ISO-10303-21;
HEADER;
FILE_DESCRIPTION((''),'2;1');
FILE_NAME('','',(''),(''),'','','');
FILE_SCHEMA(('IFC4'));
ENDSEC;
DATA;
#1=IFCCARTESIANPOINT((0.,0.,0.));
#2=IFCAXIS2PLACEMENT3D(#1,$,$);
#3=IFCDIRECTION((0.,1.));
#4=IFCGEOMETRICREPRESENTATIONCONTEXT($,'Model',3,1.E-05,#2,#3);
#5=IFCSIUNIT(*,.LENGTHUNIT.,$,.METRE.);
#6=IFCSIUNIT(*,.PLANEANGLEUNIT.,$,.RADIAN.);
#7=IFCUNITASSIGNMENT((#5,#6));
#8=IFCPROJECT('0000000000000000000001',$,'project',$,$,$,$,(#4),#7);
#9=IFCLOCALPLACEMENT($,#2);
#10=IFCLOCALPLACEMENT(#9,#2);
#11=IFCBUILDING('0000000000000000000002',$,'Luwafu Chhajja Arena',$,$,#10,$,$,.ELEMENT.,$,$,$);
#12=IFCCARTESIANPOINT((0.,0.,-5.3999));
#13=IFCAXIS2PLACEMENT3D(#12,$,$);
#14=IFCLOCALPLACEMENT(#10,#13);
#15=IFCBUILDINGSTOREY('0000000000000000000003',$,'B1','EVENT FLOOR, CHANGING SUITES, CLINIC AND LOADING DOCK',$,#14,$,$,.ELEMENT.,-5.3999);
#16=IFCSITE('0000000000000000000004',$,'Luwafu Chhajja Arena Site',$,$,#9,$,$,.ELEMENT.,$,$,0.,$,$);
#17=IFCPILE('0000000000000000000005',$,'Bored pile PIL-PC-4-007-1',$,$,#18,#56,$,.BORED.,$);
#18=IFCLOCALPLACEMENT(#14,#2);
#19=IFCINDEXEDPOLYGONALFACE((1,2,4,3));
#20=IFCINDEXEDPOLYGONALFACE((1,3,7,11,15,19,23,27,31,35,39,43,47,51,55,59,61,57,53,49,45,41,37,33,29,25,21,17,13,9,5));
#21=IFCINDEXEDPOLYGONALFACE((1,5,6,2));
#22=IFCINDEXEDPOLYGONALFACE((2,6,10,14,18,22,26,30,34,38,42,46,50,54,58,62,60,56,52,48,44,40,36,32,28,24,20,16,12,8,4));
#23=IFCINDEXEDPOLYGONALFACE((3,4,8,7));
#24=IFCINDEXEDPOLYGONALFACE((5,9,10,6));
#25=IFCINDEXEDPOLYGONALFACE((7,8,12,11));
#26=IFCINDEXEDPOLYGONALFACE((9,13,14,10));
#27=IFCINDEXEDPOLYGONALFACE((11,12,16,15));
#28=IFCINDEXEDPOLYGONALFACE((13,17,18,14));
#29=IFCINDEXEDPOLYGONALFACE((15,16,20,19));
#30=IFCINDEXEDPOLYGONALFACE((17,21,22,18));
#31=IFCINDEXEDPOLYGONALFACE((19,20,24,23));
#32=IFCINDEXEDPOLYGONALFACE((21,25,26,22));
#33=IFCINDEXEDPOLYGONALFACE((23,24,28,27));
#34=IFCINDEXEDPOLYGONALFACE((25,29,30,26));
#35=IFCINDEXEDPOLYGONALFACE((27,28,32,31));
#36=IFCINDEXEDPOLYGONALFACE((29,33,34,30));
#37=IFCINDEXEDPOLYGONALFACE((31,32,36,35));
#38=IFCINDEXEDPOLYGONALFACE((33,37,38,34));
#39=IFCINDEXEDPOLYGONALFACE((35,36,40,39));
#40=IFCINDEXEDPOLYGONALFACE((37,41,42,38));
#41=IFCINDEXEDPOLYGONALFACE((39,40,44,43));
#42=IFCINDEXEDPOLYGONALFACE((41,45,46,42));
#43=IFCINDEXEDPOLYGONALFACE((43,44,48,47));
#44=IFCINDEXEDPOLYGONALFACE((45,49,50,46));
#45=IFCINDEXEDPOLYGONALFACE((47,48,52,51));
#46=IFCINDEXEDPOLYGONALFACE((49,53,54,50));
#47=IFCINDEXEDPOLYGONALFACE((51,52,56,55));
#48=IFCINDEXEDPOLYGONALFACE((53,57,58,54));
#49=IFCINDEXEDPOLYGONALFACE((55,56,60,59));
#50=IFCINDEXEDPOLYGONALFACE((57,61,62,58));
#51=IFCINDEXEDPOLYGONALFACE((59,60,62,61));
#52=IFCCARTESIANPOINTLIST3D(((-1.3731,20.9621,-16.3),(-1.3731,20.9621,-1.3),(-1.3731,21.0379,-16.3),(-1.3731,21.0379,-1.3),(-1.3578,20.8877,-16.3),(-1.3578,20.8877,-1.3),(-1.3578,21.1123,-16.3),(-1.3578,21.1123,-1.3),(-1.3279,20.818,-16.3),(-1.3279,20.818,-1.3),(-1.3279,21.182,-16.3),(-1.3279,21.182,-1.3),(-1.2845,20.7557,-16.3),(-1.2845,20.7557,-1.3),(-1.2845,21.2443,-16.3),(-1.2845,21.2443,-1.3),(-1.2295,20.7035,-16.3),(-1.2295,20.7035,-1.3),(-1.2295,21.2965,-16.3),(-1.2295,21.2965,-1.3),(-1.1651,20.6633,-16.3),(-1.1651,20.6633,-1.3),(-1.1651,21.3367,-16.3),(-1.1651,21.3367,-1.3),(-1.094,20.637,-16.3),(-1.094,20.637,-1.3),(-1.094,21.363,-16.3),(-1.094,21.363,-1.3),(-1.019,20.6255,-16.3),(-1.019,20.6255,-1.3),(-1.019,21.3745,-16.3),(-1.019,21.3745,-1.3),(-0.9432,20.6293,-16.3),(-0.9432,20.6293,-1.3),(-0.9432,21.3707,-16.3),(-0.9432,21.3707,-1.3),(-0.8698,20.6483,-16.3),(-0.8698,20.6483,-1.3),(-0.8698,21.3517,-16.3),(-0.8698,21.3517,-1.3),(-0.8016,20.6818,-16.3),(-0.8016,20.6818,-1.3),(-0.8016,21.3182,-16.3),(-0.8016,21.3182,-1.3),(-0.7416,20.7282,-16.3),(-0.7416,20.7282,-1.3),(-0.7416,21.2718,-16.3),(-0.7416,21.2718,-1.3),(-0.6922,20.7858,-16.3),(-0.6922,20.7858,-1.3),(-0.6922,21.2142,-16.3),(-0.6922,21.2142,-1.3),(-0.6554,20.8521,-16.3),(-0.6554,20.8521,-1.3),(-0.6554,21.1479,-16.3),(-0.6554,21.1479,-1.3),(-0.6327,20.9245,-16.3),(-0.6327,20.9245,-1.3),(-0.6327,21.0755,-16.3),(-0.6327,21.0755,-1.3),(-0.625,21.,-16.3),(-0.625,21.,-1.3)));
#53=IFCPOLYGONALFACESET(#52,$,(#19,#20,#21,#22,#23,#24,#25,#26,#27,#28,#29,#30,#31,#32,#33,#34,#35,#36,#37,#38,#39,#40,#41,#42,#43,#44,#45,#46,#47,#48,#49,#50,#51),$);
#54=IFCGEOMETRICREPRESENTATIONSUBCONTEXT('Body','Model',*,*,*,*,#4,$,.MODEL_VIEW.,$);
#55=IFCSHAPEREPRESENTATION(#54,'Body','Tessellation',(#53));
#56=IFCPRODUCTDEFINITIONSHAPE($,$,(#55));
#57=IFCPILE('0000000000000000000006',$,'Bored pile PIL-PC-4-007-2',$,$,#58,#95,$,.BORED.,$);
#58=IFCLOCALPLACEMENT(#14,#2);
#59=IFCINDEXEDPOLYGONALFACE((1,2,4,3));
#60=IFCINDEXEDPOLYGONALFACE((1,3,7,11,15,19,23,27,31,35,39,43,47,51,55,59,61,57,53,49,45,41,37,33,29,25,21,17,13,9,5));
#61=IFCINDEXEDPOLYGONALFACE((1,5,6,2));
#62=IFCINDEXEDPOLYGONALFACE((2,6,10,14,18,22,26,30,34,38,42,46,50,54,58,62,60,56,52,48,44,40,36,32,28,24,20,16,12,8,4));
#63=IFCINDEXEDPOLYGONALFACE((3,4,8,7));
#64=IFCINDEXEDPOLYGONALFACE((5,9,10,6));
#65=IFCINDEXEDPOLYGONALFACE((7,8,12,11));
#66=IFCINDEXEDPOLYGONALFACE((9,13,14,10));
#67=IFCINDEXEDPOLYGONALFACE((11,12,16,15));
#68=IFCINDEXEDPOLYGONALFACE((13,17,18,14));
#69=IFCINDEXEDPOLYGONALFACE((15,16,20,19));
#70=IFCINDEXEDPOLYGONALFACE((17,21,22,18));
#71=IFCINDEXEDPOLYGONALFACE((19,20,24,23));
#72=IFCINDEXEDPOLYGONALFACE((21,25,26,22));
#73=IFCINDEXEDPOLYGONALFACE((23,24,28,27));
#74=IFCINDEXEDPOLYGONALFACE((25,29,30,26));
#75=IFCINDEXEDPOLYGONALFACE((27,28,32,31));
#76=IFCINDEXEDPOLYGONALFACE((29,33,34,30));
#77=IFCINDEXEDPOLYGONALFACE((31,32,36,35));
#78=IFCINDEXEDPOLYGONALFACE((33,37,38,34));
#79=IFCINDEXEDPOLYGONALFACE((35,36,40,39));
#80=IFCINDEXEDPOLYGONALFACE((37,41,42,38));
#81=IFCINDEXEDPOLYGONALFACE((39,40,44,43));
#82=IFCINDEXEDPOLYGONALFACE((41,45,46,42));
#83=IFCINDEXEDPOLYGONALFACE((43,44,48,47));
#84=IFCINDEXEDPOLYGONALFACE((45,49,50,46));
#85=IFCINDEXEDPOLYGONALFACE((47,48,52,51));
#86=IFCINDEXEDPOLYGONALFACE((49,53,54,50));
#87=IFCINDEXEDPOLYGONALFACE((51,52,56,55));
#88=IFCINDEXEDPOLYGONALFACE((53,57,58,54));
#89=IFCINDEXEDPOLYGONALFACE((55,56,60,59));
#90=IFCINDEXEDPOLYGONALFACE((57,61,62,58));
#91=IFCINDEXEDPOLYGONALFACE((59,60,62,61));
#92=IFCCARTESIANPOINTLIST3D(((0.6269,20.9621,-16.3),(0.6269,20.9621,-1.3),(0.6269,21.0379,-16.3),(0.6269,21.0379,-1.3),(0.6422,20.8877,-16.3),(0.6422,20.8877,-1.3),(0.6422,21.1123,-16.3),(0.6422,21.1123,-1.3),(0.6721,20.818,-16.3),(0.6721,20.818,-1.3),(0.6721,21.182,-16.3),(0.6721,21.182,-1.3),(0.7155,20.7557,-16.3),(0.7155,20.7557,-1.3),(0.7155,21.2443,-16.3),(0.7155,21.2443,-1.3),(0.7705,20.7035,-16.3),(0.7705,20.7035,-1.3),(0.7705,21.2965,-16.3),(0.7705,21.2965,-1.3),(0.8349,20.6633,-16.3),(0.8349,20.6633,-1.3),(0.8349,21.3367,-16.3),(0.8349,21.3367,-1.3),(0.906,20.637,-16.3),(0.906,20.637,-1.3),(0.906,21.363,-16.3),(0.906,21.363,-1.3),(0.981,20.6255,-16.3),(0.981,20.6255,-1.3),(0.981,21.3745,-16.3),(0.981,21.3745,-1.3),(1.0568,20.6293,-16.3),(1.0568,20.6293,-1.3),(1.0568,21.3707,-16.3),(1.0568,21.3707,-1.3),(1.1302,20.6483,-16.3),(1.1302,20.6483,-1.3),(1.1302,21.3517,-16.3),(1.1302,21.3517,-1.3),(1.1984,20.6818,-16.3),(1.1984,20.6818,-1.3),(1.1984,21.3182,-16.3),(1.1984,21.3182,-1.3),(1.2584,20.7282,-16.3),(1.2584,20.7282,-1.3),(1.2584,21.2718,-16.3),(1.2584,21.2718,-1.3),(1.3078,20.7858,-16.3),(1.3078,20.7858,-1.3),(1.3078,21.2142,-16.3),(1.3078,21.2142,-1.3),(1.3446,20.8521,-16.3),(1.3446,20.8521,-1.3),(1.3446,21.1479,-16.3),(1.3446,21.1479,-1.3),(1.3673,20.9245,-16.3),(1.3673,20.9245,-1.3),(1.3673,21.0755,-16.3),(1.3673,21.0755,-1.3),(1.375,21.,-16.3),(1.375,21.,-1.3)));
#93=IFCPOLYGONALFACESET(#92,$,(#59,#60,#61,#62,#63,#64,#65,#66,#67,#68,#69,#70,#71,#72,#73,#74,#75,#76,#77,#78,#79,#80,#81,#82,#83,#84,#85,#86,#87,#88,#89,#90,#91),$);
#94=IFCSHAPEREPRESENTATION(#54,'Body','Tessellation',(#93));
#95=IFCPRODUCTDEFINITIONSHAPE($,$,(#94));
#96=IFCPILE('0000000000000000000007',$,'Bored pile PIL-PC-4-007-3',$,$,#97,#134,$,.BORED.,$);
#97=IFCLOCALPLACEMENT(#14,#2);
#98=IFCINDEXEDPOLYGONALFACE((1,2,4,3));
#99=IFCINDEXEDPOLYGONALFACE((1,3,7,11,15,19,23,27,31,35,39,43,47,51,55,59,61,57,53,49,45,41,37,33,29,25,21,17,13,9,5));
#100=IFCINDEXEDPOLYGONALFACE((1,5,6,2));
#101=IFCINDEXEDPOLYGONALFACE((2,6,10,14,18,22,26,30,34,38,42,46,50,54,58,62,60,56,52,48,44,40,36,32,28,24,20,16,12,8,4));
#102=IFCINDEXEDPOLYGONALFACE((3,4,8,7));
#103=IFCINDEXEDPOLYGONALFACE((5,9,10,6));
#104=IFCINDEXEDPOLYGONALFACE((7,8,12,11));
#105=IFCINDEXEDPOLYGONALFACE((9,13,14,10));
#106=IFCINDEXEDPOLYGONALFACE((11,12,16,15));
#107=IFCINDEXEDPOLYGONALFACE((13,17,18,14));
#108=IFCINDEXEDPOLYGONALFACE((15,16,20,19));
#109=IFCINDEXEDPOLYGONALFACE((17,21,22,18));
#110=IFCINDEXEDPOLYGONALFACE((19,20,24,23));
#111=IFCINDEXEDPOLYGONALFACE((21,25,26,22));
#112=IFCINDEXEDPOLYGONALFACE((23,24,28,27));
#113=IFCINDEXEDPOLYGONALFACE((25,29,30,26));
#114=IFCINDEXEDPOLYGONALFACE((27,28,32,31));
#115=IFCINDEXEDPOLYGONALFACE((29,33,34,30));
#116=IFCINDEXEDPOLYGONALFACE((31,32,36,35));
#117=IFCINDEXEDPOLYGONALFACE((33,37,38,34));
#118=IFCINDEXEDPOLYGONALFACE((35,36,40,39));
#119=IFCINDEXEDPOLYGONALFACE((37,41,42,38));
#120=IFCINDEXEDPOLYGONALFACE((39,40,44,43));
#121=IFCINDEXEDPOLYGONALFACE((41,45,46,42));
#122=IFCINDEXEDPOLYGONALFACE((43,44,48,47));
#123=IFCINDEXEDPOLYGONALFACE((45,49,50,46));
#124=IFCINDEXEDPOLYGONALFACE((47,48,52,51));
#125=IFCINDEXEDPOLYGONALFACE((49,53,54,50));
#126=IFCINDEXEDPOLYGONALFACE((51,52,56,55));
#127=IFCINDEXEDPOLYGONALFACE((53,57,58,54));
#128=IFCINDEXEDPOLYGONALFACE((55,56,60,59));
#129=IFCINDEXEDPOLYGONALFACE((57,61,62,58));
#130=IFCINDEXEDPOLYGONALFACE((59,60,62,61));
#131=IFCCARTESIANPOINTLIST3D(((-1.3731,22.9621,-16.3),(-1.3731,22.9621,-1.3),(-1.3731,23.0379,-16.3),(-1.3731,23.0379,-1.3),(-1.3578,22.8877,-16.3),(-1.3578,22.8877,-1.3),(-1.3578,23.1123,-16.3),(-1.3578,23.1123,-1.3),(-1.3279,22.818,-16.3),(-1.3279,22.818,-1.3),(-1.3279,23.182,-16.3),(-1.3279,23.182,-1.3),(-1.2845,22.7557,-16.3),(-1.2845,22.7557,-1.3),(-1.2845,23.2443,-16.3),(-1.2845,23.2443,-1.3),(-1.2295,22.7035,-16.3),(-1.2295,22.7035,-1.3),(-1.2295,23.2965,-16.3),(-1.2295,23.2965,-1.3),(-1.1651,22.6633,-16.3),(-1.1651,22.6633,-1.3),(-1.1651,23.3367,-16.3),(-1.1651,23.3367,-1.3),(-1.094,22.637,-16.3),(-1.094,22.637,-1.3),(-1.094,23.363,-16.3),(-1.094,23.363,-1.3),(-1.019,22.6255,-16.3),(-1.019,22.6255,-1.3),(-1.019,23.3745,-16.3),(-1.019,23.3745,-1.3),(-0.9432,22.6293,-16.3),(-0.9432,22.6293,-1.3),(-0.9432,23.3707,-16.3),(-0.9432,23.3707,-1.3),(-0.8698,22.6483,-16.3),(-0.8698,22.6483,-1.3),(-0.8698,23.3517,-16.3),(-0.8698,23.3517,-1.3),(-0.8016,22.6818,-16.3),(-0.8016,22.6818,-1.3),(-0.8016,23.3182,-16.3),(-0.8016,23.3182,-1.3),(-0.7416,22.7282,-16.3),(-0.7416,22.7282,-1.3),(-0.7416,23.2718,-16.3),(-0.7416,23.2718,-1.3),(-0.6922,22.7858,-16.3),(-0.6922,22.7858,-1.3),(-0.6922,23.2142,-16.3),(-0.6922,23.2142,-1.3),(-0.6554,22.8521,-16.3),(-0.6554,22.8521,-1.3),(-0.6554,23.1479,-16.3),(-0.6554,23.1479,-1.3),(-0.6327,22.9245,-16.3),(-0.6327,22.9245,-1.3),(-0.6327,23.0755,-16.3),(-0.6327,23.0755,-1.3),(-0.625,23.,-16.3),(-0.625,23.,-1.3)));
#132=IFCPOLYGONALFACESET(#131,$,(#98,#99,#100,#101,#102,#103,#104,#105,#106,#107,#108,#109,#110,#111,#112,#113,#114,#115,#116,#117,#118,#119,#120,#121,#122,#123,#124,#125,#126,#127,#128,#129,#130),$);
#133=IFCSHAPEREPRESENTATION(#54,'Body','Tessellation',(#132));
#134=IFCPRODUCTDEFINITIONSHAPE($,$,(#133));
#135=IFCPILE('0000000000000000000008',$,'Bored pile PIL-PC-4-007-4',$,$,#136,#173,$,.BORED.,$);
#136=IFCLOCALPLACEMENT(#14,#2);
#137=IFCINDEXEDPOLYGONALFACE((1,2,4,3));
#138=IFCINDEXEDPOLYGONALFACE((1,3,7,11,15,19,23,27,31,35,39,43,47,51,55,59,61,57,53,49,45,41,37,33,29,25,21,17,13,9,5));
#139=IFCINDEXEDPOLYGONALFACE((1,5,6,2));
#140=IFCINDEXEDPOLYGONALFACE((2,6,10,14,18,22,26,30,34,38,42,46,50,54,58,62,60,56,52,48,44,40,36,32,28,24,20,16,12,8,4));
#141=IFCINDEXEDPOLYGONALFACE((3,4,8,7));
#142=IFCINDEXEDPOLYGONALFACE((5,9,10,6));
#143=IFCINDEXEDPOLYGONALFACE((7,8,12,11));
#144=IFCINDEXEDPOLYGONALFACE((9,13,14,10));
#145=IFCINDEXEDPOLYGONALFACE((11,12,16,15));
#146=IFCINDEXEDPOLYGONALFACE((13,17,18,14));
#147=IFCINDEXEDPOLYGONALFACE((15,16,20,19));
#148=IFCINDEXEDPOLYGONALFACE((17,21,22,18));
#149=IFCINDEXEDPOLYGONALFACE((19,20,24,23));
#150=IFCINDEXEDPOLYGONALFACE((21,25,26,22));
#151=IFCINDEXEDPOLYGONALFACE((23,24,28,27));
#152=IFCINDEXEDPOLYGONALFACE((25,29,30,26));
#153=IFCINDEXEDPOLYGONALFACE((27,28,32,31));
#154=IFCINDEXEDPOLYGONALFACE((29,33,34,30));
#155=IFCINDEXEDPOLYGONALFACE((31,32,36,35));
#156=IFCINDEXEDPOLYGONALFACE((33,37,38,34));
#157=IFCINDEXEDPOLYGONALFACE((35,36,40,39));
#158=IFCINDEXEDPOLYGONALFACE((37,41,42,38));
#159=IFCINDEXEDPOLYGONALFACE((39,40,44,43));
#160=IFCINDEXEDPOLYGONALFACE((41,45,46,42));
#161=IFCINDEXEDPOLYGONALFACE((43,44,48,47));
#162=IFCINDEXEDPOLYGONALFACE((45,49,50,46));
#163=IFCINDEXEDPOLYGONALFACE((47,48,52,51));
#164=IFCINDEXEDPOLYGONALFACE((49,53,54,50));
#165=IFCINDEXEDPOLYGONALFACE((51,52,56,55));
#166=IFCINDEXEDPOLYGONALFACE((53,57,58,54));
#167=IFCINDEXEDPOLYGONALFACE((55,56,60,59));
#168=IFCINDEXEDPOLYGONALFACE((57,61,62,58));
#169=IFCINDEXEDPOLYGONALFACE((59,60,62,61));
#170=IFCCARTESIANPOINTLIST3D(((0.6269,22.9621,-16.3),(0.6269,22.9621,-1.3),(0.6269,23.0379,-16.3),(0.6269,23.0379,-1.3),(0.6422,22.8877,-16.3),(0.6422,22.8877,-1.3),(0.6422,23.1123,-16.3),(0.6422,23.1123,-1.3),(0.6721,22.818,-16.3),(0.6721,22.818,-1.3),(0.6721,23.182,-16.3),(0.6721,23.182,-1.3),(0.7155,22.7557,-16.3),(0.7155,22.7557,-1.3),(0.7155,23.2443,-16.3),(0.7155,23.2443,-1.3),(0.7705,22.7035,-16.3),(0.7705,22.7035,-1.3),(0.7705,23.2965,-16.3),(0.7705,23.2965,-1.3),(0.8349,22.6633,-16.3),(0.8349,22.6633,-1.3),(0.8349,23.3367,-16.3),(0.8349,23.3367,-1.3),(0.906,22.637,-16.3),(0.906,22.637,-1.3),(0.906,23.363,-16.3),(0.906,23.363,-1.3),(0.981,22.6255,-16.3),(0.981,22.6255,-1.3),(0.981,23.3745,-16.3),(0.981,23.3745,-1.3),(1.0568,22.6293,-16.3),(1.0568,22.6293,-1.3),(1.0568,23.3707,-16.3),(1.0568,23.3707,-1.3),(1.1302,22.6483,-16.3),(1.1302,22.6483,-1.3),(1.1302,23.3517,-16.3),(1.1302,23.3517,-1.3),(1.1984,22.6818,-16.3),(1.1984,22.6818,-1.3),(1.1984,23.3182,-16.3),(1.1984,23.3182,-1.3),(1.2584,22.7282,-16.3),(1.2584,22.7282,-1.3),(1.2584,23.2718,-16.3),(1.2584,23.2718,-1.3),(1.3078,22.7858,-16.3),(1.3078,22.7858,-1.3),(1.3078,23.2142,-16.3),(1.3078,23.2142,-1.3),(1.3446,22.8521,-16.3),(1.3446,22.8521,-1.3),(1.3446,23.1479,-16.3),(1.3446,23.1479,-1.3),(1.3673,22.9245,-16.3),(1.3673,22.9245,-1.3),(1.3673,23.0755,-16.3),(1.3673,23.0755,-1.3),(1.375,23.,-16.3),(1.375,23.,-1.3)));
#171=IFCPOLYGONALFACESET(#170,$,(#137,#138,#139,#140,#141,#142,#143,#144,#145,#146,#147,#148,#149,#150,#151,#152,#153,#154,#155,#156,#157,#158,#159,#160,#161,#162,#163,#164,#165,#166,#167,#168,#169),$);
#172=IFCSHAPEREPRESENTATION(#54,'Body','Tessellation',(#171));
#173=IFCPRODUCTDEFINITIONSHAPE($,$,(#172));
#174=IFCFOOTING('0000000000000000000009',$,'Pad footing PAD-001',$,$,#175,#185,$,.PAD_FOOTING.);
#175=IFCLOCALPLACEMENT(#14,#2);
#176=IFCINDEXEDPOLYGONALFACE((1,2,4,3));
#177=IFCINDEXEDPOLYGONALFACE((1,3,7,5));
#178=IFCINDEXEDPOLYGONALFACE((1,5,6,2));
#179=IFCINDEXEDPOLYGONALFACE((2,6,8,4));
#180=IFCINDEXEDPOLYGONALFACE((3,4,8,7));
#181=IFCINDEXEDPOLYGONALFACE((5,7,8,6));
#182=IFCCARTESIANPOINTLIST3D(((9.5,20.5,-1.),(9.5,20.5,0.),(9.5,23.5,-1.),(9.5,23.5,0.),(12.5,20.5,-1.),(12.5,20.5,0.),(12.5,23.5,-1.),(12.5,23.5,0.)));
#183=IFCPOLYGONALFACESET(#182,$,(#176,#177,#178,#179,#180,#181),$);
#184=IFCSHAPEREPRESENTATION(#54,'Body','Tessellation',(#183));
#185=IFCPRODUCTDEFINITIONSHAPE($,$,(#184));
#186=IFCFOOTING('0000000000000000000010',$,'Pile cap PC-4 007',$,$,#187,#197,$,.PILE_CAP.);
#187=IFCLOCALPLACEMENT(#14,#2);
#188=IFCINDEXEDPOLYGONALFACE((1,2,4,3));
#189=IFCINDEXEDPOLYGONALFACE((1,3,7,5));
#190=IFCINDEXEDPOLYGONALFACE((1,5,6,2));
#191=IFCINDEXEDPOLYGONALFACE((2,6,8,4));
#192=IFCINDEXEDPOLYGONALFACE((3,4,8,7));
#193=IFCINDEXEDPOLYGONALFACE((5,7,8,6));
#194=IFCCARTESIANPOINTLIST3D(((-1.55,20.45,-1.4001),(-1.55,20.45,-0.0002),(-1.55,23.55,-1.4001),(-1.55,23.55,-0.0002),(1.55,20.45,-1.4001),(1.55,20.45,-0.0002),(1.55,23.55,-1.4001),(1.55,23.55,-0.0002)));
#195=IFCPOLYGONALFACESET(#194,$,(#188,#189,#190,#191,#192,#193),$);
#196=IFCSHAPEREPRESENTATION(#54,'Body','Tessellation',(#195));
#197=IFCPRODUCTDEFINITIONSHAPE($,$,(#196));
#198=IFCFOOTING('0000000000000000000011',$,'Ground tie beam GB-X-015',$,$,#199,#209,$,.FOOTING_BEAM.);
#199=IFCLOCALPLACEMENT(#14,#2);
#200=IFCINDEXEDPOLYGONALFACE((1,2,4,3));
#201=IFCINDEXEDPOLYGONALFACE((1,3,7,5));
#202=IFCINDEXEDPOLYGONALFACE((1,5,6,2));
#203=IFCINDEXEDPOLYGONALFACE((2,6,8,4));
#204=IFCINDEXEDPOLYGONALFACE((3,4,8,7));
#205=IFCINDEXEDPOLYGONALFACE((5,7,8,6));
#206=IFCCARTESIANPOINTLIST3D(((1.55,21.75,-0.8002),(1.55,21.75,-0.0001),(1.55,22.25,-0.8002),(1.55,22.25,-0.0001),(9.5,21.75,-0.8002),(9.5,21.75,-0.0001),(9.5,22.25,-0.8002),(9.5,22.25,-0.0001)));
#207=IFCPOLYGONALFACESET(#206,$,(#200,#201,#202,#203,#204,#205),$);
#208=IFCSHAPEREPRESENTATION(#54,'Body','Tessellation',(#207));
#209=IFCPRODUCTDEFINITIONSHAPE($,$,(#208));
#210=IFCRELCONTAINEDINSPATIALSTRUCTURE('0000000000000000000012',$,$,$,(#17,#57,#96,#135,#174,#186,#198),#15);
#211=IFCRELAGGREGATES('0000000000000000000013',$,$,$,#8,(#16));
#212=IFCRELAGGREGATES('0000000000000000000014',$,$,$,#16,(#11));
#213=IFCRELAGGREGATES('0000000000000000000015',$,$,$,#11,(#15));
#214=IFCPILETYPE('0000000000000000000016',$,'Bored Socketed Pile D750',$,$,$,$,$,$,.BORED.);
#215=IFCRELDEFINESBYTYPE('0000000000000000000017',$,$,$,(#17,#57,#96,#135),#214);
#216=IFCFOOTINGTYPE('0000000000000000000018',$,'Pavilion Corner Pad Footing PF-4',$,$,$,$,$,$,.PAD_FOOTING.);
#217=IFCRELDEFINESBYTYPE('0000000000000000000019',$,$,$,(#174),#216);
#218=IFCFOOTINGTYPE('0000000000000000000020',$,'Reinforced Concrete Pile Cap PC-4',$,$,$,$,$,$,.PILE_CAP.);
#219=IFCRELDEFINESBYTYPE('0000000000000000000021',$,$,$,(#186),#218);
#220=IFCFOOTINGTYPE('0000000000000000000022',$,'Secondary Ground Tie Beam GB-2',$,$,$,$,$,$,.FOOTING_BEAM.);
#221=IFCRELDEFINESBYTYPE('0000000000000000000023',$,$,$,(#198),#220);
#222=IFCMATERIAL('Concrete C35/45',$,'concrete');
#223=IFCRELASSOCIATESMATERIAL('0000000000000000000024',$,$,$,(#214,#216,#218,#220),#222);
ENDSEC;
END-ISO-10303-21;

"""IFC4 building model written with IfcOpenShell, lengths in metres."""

from ifc_helpers import new_model, si_unit, direction, frame, origin, origin_2d, place, context, subcontext, project, spatial, rectangle, circle, extrude, material, material_profile, profile_set, type_object, element, save


model = new_model("IFC4")

# Units and contexts
model_context = context("Model", 3, precision=1e-05, world=origin(), true_north=direction((0.0, 1.0)))
body_context = subcontext(model_context, "Body", "Model", "MODEL_VIEW")
ifc_project = project(units=[si_unit("LENGTHUNIT", "METRE"), si_unit("PLANEANGLEUNIT", "RADIAN")], contexts=[model_context])

# Site, building, storey
site_placement = place(None, origin())
site = spatial("IfcSite", under=ifc_project, at=site_placement, Name="Luwafu Chhajja Arena Site", CompositionType="ELEMENT", RefElevation=0.0)
building_placement = place(site_placement, origin())
building = spatial("IfcBuilding", under=site, at=building_placement, Name="Luwafu Chhajja Arena", CompositionType="ELEMENT")
storey_placement = place(building_placement, frame((0.0, 0.0, -5.3999)))
storey = spatial("IfcBuildingStorey", under=building, at=storey_placement, Name="B1", Description="EVENT FLOOR, CHANGING SUITES, CLINIC AND LOADING DOCK", CompositionType="ELEMENT", Elevation=-5.3999)

# Piles
ifc_material_1 = material(Name="Concrete C35/45", Category="concrete")
ifc_material_profile_1 = material_profile(ifc_material_1, circle(Radius=0.375, at=origin_2d()), Name="PILE D750")
ifc_profile_set_1 = profile_set([ifc_material_profile_1], Name="Concrete C35/45")
pile_type = type_object("IfcPileType", Name="Bored Socketed Pile D750", PredefinedType="BORED", material=ifc_profile_set_1)
for number, where, z_axis, x_axis, name in (
    (1, (-1.0, 21.0, -1.3), (0.0, 0.0, -1.0), (1.0, 0.0, 0.0), "Bored pile PIL-PC-4-007-1"),
    (2, (1.0, 21.0, -1.3), (0.0, 0.0, -1.0), (1.0, 0.0, 0.0), "Bored pile PIL-PC-4-007-2"),
    (3, (-1.0, 23.0, -1.3), (0.0, 0.0, -1.0), (1.0, 0.0, 0.0), "Bored pile PIL-PC-4-007-3"),
    (4, (1.0, 23.0, -1.3), (0.0, 0.0, -1.0), (1.0, 0.0, 0.0), "Bored pile PIL-PC-4-007-4"),
):
    element("IfcPile", number, at=place(storey_placement, frame(where, z_axis=z_axis, x_axis=x_axis)), inside=storey, type_object=pile_type, Name=name, PredefinedType="BORED", context=body_context, shape_type="SweptSolid", body=[
        extrude(circle(Radius=0.375, at=origin_2d()), origin(), (0.0, 0.0, 1.0), 15.0),
    ])

# Footings
footing_type_1 = type_object("IfcFootingType", Name="Pavilion Corner Pad Footing PF-4", PredefinedType="PAD_FOOTING", material=ifc_material_1)
footing_1_placement = place(storey_placement, frame((11.0, 22.0, -1.0), z_axis=(0.0, 0.0, 1.0), x_axis=(1.0, 0.0, 0.0)))
element("IfcFooting", 5, at=footing_1_placement, inside=storey, type_object=footing_type_1, Name="Pad footing PAD-001", PredefinedType="PAD_FOOTING", context=body_context, shape_type="SweptSolid", body=[
    extrude(rectangle(XDim=3.0, YDim=3.0, at=origin_2d()), origin(), (0.0, 0.0, 1.0), 1.0),
])
footing_type_2 = type_object("IfcFootingType", Name="Reinforced Concrete Pile Cap PC-4", PredefinedType="PILE_CAP", material=ifc_material_1)
footing_2_placement = place(storey_placement, frame((0.0, 22.0, -1.4001), z_axis=(0.0, 0.0, 1.0), x_axis=(1.0, 0.0, 0.0)))
element("IfcFooting", 6, at=footing_2_placement, inside=storey, type_object=footing_type_2, Name="Pile cap PC-4 007", PredefinedType="PILE_CAP", context=body_context, shape_type="SweptSolid", body=[
    extrude(rectangle(XDim=3.1001, YDim=3.1001, at=origin_2d()), origin(), (0.0, 0.0, 1.0), 1.3999),
])
ifc_material_profile_2 = material_profile(ifc_material_1, rectangle(XDim=0.5, YDim=0.8, at=origin_2d()), Name="RC 500x800")
ifc_profile_set_2 = profile_set([ifc_material_profile_2], Name="Concrete C35/45")
footing_type_3 = type_object("IfcFootingType", Name="Secondary Ground Tie Beam GB-2", PredefinedType="FOOTING_BEAM", material=ifc_profile_set_2)
footing_3_placement = place(storey_placement, frame((1.55, 22.0, -0.4001), z_axis=(1.0, 0.0, 0.0), x_axis=(0.0, 1.0, 0.0)))
element("IfcFooting", 7, at=footing_3_placement, inside=storey, type_object=footing_type_3, Name="Ground tie beam GB-X-015", PredefinedType="FOOTING_BEAM", context=body_context, shape_type="SweptSolid", body=[
    extrude(rectangle(XDim=0.5, YDim=0.8, at=origin_2d()), origin(), (0.0, 0.0, 1.0), 7.95),
])

save(model, "model.ifc")
